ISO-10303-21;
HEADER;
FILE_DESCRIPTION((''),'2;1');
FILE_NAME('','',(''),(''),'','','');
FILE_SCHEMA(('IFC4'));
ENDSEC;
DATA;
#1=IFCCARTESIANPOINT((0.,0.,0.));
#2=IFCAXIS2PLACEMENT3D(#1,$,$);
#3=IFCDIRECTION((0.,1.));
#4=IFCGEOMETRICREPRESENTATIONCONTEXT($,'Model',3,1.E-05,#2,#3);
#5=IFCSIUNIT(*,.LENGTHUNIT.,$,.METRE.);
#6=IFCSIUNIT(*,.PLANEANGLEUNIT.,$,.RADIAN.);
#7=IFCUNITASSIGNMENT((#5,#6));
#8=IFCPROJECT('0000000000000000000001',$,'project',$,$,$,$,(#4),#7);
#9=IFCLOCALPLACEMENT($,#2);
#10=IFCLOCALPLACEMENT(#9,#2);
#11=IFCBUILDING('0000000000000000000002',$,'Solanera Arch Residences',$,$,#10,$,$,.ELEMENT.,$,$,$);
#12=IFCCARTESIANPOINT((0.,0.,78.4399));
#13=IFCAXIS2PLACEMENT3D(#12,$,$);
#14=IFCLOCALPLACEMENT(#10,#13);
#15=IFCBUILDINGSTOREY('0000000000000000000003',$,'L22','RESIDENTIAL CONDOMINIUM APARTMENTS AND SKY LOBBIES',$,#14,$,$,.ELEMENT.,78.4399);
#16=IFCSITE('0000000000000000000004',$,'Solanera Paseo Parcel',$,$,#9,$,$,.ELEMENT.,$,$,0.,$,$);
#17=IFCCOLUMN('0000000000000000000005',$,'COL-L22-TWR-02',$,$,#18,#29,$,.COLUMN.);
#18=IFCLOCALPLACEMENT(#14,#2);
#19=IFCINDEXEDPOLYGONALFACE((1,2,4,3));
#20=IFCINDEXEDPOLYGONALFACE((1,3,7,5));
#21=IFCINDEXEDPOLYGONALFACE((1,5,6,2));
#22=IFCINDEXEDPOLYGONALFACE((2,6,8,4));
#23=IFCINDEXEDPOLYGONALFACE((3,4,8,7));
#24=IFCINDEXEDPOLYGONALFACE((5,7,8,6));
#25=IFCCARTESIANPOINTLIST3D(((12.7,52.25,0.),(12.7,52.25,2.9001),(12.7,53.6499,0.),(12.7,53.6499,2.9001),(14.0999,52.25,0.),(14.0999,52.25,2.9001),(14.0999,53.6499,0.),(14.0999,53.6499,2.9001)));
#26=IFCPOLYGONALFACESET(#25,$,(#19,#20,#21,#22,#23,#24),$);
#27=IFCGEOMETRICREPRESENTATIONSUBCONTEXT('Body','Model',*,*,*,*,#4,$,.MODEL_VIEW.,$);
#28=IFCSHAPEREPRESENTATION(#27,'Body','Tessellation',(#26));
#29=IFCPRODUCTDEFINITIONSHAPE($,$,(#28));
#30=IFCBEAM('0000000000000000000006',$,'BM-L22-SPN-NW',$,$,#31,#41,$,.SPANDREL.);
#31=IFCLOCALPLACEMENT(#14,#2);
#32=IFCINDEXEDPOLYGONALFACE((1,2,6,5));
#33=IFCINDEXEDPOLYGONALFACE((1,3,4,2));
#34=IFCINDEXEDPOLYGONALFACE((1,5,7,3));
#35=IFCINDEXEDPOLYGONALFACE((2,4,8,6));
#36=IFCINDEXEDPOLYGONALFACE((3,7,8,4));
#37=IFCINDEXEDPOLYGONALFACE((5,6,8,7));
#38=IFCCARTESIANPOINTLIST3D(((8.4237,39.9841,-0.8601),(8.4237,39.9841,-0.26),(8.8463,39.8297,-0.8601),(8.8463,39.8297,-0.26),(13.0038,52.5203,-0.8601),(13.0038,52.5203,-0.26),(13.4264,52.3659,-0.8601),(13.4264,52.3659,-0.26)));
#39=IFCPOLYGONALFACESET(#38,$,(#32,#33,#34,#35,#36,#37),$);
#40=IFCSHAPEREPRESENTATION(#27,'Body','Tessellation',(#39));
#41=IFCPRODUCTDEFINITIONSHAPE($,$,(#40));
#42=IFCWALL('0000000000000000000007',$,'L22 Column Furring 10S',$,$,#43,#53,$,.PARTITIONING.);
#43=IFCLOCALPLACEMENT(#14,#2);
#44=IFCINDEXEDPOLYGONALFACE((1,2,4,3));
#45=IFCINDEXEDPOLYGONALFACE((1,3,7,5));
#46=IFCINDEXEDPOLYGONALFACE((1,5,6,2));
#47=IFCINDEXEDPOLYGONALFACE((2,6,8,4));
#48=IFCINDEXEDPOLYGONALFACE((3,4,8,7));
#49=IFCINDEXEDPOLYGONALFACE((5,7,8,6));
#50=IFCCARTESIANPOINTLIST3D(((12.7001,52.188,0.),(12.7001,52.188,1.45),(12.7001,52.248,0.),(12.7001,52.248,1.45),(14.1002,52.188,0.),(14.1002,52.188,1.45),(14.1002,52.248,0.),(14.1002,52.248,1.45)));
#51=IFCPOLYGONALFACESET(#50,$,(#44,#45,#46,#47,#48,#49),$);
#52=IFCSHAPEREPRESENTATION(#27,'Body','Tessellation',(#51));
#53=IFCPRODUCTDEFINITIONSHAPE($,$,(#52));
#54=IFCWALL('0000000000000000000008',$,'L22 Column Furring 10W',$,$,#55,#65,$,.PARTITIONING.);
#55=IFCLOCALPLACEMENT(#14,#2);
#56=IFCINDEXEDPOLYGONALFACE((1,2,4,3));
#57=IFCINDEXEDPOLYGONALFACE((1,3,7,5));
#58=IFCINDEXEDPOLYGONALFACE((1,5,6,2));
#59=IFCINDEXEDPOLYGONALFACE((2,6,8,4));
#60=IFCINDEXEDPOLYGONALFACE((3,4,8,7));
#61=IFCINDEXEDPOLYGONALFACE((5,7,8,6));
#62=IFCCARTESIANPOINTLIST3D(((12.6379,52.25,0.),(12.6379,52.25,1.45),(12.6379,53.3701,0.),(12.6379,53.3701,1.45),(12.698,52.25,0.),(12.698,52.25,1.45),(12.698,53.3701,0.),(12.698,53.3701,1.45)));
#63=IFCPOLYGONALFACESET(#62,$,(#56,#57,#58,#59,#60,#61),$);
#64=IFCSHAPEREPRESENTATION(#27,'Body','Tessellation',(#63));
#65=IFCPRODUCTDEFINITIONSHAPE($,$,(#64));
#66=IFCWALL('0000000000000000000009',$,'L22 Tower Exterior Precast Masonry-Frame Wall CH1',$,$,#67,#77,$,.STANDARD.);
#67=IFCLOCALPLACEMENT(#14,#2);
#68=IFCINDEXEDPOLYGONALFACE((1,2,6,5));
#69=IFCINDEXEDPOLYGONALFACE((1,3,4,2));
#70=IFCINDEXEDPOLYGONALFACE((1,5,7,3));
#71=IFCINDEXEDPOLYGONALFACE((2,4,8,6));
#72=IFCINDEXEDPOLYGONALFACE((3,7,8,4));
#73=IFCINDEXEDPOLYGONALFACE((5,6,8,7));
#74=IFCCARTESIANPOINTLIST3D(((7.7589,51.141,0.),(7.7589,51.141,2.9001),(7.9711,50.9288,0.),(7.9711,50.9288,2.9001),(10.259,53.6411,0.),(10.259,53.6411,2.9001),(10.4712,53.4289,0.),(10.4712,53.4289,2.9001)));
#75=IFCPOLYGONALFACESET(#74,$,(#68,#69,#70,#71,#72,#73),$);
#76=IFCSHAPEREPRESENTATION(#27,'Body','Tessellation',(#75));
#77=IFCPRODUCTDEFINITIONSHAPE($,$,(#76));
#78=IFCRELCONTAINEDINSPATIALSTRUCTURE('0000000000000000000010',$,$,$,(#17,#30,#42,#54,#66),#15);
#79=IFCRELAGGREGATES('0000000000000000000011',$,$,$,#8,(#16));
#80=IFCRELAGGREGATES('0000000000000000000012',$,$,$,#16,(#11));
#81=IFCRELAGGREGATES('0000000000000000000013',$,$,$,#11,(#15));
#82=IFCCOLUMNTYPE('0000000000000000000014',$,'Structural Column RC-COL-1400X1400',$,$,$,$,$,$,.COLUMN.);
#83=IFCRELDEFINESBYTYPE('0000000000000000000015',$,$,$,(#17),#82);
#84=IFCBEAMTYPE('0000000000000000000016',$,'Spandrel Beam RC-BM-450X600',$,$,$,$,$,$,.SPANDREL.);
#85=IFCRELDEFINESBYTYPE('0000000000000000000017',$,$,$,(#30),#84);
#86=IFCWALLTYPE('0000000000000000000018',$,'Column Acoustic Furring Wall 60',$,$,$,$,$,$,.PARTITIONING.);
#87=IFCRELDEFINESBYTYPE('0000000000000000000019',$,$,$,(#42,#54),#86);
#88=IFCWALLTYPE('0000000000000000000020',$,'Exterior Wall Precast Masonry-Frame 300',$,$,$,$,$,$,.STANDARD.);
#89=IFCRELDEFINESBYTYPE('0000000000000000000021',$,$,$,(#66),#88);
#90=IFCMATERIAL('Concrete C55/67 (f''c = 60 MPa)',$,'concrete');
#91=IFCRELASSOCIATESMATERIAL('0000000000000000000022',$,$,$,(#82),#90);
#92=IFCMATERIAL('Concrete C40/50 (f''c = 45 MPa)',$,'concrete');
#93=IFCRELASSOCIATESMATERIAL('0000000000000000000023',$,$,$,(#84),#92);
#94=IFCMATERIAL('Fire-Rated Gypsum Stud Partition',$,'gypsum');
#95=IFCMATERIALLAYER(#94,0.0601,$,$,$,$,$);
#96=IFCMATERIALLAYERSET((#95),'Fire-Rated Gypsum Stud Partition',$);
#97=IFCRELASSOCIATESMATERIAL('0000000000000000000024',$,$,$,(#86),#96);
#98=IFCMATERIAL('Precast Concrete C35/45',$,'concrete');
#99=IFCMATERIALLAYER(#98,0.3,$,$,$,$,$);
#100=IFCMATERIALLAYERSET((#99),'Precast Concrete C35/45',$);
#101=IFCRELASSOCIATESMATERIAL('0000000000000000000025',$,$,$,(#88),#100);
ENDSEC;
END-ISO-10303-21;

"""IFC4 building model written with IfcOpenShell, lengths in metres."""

from ifc_helpers import new_model, si_unit, direction, frame, frame_2d, origin, origin_2d, place, context, subcontext, project, spatial, rectangle, extrude, material, layer, layer_set, material_profile, profile_set, type_object, element, save


model = new_model("IFC4")

# Units and contexts
model_context = context("Model", 3, precision=1e-05, world=origin(), true_north=direction((0.0, 1.0)))
body_context = subcontext(model_context, "Body", "Model", "MODEL_VIEW")
ifc_project = project(units=[si_unit("LENGTHUNIT", "METRE"), si_unit("PLANEANGLEUNIT", "RADIAN")], contexts=[model_context])

# Site, building, storey
site_placement = place(None, origin())
site = spatial("IfcSite", under=ifc_project, at=site_placement, Name="Solanera Paseo Parcel", CompositionType="ELEMENT", RefElevation=0.0)
building_placement = place(site_placement, origin())
building = spatial("IfcBuilding", under=site, at=building_placement, Name="Solanera Arch Residences", CompositionType="ELEMENT")
storey_placement = place(building_placement, frame((0.0, 0.0, 78.4399)))
storey = spatial("IfcBuildingStorey", under=building, at=storey_placement, Name="L22", Description="RESIDENTIAL CONDOMINIUM APARTMENTS AND SKY LOBBIES", CompositionType="ELEMENT", Elevation=78.4399)

# Column
ifc_material_1 = material(Name="Concrete C55/67 (f'c = 60 MPa)", Category="concrete")
ifc_material_profile_1 = material_profile(ifc_material_1, rectangle(XDim=1.3999, YDim=1.3999, at=origin_2d()))
ifc_profile_set_1 = profile_set([ifc_material_profile_1], Name="Concrete C55/67 (f'c = 60 MPa)")
column_type = type_object("IfcColumnType", Name="Structural Column RC-COL-1400X1400", PredefinedType="COLUMN", material=ifc_profile_set_1)
column_placement = place(storey_placement, frame((13.3999, 52.95, 0.0), z_axis=(0.0, 0.0, 1.0), x_axis=(1.0, 0.0, 0.0)))
element("IfcColumn", 1, at=column_placement, inside=storey, type_object=column_type, Name="COL-L22-TWR-02", PredefinedType="COLUMN", context=body_context, shape_type="SweptSolid", body=[
    extrude(rectangle(XDim=1.3999, YDim=1.3999, at=origin_2d()), origin(), (0.0, 0.0, 1.0), 2.9001),
])

# Beam
ifc_material_2 = material(Name="Concrete C40/50 (f'c = 45 MPa)", Category="concrete")
ifc_material_profile_2 = material_profile(ifc_material_2, rectangle(XDim=0.45, YDim=0.6001, at=origin_2d()))
ifc_profile_set_2 = profile_set([ifc_material_profile_2], Name="Concrete C40/50 (f'c = 45 MPa)")
beam_type = type_object("IfcBeamType", Name="Spandrel Beam RC-BM-450X600", PredefinedType="SPANDREL", material=ifc_profile_set_2)
beam_placement = place(storey_placement, frame((13.2151, 52.4431, -0.5601), z_axis=(-0.343164, -0.939275, 0.0), x_axis=(0.939275, -0.343164, 0.0)))
element("IfcBeam", 2, at=beam_placement, inside=storey, type_object=beam_type, Name="BM-L22-SPN-NW", PredefinedType="SPANDREL", context=body_context, shape_type="SweptSolid", body=[
    extrude(rectangle(XDim=0.45, YDim=0.6001, at=origin_2d()), origin(), (0.0, 0.0, 1.0), 13.3467),
])

# Walls
ifc_material_3 = material(Name="Fire-Rated Gypsum Stud Partition", Category="gypsum")
ifc_layer_1 = layer(ifc_material_3, 0.0601)
ifc_layer_set_1 = layer_set([ifc_layer_1], Name="Fire-Rated Gypsum Stud Partition")
wall_type_1 = type_object("IfcWallType", Name="Column Acoustic Furring Wall 60", PredefinedType="PARTITIONING", material=ifc_layer_set_1)
wall_1_placement = place(storey_placement, frame((12.7, 52.218, 0.0), z_axis=(0.0, 0.0, 1.0), x_axis=(1.0, 0.0, 0.0)))
element("IfcWall", 3, at=wall_1_placement, inside=storey, type_object=wall_type_1, Name="L22 Column Furring 10S", PredefinedType="PARTITIONING", context=body_context, shape_type="SweptSolid", body=[
    extrude(rectangle(XDim=1.4001, YDim=0.0601, at=frame_2d((0.7002, 0.0))), origin(), (0.0, 0.0, 1.0), 1.45),
])
wall_2_placement = place(storey_placement, frame((12.668, 52.25, 0.0), z_axis=(0.0, 0.0, 1.0), x_axis=(0.0, 1.0, 0.0)))
element("IfcWall", 4, at=wall_2_placement, inside=storey, type_object=wall_type_1, Name="L22 Column Furring 10W", PredefinedType="PARTITIONING", context=body_context, shape_type="SweptSolid", body=[
    extrude(rectangle(XDim=1.1201, YDim=0.0601, at=frame_2d((0.5601, 0.0))), origin(), (0.0, 0.0, 1.0), 1.45),
])
ifc_material_4 = material(Name="Precast Concrete C35/45", Category="concrete")
ifc_layer_2 = layer(ifc_material_4, 0.3)
ifc_layer_set_2 = layer_set([ifc_layer_2], Name="Precast Concrete C35/45")
wall_type_2 = type_object("IfcWallType", Name="Exterior Wall Precast Masonry-Frame 300", PredefinedType="STANDARD", material=ifc_layer_set_2)
wall_3_placement = place(storey_placement, frame((7.865, 51.0349, 0.0), z_axis=(0.0, 0.0, 1.0), x_axis=(0.707107, 0.707107, 0.0)))
element("IfcWall", 5, at=wall_3_placement, inside=storey, type_object=wall_type_2, Name="L22 Tower Exterior Precast Masonry-Frame Wall CH1", PredefinedType="STANDARD", context=body_context, shape_type="SweptSolid", body=[
    extrude(rectangle(XDim=3.5356, YDim=0.3, at=frame_2d((1.7678, 0.0))), origin(), (0.0, 0.0, 1.0), 2.9001),
])

save(model, "model.ifc")
